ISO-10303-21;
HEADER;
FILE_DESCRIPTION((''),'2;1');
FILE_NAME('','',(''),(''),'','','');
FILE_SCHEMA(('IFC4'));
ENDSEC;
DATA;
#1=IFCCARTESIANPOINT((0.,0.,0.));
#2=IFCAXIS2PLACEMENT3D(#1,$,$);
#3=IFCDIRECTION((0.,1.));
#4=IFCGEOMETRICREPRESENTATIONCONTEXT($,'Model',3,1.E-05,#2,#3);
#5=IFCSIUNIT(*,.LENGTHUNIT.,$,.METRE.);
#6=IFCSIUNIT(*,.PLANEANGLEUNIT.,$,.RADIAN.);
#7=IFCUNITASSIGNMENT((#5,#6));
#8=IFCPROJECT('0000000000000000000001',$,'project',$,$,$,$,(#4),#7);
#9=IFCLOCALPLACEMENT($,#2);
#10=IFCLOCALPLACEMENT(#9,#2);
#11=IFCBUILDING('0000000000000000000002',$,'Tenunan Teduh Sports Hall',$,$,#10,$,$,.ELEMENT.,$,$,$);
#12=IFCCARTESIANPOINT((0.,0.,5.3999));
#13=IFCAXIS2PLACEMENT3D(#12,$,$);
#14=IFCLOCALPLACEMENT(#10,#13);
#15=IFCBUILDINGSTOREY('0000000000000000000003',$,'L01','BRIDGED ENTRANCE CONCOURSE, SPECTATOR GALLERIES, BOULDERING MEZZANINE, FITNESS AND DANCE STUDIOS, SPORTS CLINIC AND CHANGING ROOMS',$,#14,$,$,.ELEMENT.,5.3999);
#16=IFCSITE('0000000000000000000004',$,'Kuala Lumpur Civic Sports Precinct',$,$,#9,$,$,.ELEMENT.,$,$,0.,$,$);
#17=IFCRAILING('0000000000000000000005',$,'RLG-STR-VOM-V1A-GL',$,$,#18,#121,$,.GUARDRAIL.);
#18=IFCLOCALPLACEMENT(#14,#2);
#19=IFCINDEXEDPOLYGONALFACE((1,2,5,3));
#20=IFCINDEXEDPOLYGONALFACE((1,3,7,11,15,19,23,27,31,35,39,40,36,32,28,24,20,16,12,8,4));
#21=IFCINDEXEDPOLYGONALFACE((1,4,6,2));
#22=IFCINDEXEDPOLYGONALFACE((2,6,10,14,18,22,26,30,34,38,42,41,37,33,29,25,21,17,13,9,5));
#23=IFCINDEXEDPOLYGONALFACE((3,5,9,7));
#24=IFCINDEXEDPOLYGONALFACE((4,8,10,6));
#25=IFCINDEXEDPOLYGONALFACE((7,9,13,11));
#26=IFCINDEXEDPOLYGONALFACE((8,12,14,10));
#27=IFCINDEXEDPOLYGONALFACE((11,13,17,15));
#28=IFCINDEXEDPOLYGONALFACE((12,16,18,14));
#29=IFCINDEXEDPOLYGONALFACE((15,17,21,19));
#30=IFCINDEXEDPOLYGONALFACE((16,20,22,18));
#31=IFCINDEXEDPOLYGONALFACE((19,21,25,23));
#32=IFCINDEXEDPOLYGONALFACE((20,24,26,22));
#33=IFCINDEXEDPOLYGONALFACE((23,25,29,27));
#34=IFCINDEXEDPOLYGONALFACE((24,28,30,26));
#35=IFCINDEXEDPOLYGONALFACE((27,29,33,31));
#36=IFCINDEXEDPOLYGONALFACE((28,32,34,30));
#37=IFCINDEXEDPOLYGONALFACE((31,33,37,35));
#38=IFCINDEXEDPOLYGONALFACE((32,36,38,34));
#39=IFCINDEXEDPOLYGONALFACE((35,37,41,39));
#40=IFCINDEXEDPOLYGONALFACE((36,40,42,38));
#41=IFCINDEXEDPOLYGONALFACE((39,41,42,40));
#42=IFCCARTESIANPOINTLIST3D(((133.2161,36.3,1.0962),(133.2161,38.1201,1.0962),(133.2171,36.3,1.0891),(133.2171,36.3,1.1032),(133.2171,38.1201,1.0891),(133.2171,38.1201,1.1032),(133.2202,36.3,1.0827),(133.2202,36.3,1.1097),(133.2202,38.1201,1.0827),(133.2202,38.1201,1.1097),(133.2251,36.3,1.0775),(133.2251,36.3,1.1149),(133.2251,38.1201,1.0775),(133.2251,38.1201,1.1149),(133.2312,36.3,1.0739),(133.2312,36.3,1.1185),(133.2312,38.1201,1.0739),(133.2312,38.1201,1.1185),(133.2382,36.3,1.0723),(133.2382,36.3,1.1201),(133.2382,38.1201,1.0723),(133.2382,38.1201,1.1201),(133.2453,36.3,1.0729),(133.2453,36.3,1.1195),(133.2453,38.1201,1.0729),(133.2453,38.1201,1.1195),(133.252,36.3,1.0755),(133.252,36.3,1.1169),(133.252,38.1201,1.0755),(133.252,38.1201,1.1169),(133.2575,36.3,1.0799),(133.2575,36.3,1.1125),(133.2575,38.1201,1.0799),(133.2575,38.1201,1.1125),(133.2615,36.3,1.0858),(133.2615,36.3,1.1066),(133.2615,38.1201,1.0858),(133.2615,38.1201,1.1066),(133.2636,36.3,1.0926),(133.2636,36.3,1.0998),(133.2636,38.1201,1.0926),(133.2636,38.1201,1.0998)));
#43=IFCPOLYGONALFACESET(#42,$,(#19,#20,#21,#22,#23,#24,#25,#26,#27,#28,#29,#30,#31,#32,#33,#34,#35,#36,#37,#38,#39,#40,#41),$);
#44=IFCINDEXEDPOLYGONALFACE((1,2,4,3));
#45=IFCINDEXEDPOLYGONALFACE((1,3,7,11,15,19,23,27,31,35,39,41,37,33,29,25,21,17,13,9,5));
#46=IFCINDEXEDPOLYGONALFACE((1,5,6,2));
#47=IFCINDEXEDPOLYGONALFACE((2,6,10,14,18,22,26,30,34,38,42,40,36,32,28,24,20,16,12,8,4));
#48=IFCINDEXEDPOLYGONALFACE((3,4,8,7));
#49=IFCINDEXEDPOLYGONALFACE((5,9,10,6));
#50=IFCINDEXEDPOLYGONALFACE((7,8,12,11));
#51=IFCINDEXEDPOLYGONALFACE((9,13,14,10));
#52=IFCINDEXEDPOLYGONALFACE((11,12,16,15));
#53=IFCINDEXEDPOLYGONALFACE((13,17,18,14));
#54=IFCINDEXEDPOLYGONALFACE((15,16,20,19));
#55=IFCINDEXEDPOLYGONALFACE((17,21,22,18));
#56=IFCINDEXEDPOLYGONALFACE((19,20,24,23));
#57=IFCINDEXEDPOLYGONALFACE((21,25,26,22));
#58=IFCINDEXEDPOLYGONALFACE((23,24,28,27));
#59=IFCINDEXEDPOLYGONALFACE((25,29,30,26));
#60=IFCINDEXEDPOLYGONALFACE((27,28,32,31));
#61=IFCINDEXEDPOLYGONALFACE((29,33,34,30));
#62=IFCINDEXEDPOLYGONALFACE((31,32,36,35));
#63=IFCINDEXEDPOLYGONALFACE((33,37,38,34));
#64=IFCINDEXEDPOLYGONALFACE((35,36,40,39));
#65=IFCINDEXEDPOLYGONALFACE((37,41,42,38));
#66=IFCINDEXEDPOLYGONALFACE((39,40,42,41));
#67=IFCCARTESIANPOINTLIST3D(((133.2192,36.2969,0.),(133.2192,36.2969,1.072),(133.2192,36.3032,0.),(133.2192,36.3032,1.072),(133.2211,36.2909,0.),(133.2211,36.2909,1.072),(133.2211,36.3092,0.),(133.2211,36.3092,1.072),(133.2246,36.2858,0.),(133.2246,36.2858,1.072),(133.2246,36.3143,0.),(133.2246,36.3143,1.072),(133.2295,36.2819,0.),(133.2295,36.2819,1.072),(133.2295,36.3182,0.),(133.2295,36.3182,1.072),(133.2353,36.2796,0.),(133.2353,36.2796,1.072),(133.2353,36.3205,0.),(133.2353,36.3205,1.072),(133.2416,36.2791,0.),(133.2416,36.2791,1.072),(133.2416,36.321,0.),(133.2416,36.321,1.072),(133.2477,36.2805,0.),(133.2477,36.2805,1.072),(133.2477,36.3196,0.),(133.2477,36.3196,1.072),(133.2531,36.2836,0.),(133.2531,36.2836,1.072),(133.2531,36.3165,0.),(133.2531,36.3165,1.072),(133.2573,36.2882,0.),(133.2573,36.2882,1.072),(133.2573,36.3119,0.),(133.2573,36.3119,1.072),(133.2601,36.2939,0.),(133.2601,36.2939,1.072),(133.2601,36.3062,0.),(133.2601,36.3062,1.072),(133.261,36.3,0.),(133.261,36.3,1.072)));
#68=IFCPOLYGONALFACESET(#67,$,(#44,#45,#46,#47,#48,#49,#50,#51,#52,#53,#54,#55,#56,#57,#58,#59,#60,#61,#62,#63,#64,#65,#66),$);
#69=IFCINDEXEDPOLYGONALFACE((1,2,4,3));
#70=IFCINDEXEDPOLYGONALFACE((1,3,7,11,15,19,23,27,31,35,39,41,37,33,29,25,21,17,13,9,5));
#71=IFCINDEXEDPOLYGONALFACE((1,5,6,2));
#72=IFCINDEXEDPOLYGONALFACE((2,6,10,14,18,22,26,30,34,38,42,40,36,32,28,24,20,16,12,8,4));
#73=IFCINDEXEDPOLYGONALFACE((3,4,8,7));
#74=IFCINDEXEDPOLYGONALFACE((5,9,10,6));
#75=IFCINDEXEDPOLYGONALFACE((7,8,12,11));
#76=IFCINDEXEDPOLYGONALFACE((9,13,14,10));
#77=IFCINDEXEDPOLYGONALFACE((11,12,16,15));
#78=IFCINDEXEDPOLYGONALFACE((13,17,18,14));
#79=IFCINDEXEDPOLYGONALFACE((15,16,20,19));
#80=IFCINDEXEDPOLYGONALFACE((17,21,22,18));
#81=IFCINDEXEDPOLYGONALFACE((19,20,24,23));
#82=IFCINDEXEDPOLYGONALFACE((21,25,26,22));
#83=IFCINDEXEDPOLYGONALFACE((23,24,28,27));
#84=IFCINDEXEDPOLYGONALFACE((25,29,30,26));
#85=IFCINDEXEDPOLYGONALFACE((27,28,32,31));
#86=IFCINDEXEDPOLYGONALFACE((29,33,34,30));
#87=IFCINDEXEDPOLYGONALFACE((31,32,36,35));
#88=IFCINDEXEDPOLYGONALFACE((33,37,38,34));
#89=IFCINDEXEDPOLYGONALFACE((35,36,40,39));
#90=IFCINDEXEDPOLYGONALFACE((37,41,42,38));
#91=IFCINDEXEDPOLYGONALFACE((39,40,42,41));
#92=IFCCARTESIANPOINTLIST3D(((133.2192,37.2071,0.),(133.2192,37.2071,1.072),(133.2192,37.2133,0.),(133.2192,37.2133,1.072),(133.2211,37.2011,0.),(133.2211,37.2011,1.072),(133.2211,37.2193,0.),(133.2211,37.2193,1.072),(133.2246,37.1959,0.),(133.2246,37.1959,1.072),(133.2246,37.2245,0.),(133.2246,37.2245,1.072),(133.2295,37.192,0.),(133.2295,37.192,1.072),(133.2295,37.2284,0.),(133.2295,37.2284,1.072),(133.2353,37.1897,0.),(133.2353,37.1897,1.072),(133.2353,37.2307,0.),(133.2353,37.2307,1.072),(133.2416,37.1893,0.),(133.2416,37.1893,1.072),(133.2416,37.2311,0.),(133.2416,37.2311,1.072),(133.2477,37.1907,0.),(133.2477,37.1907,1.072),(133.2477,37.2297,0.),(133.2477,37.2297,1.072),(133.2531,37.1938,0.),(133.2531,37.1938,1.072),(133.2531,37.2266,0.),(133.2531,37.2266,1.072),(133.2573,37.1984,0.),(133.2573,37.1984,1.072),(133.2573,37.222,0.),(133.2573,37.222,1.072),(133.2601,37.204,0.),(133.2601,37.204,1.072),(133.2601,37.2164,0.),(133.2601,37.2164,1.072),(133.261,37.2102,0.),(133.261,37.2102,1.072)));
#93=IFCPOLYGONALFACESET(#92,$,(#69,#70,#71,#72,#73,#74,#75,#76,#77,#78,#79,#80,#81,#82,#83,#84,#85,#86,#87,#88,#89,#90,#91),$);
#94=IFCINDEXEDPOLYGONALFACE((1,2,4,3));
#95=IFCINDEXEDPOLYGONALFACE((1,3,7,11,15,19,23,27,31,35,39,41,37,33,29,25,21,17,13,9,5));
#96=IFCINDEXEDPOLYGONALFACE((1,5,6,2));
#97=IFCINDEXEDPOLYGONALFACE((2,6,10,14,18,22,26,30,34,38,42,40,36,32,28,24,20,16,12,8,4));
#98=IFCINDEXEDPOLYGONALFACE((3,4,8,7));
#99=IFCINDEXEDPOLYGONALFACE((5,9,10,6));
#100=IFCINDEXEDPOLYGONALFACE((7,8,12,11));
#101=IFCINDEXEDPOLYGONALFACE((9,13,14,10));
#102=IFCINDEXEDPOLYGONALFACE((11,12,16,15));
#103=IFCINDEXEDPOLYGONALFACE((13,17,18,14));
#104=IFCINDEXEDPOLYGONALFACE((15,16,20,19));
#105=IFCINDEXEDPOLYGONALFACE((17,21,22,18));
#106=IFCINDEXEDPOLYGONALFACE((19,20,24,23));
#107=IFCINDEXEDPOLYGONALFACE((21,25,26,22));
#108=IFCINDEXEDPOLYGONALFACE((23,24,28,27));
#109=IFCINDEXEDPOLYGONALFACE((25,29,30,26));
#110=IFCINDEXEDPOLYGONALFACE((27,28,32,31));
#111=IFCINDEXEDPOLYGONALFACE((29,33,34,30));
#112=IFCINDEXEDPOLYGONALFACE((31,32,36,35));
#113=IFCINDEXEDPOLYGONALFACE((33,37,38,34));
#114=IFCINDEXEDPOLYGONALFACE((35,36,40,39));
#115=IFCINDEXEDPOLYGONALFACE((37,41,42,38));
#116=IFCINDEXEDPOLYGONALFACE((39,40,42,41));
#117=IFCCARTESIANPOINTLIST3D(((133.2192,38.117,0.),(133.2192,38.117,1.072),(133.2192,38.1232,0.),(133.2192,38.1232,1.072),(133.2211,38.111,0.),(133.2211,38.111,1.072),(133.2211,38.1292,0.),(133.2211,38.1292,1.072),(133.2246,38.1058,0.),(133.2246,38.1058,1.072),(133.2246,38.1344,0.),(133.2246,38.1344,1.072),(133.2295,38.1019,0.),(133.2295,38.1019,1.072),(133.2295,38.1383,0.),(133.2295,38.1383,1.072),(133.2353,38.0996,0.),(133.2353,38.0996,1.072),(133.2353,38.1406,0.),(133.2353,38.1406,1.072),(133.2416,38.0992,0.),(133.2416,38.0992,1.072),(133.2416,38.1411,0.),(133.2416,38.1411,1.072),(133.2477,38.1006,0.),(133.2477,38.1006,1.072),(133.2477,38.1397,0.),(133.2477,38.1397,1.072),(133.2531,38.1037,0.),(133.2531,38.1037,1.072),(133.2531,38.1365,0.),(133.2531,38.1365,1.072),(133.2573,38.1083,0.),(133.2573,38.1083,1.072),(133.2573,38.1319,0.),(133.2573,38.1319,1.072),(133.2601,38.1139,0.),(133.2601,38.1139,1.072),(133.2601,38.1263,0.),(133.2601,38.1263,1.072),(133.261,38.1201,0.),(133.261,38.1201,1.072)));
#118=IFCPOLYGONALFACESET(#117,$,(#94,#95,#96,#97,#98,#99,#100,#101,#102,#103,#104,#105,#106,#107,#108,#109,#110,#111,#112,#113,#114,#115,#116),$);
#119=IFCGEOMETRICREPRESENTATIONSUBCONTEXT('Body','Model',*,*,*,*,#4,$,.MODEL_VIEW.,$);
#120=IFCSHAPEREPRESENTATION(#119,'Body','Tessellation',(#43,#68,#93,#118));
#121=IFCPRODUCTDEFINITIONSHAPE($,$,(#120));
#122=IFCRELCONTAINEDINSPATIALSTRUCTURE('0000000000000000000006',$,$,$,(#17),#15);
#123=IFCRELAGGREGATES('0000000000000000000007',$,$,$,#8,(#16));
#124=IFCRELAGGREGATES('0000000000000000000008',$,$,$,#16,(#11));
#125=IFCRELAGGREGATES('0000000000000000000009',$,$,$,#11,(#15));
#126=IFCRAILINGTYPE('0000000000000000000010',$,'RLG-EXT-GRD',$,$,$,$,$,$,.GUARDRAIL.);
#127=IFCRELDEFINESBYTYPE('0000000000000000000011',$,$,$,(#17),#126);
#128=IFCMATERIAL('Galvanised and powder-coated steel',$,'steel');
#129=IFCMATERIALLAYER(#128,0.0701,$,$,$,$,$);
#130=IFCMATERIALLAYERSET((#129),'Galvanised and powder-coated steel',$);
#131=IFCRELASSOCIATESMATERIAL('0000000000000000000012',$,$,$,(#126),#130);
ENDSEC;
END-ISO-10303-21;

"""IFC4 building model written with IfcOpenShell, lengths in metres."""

from ifc_helpers import new_model, si_unit, direction, frame, origin, origin_2d, place, context, subcontext, project, spatial, circle, extrude, material, layer, layer_set, type_object, element, save


model = new_model("IFC4")

# Units and contexts
model_context = context("Model", 3, precision=1e-05, world=origin(), true_north=direction((0.0, 1.0)))
body_context = subcontext(model_context, "Body", "Model", "MODEL_VIEW")
ifc_project = project(units=[si_unit("LENGTHUNIT", "METRE"), si_unit("PLANEANGLEUNIT", "RADIAN")], contexts=[model_context])

# Site, building, storey
site_placement = place(None, origin())
site = spatial("IfcSite", under=ifc_project, at=site_placement, Name="Kuala Lumpur Civic Sports Precinct", CompositionType="ELEMENT", RefElevation=0.0)
building_placement = place(site_placement, origin())
building = spatial("IfcBuilding", under=site, at=building_placement, Name="Tenunan Teduh Sports Hall", CompositionType="ELEMENT")
storey_placement = place(building_placement, frame((0.0, 0.0, 5.3999)))
storey = spatial("IfcBuildingStorey", under=building, at=storey_placement, Name="L01", Description="BRIDGED ENTRANCE CONCOURSE, SPECTATOR GALLERIES, BOULDERING MEZZANINE, FITNESS AND DANCE STUDIOS, SPORTS CLINIC AND CHANGING ROOMS", CompositionType="ELEMENT", Elevation=5.3999)

# Railing
ifc_material_1 = material(Name="Galvanised and powder-coated steel", Category="steel")
ifc_layer_1 = layer(ifc_material_1, 0.0701)
ifc_layer_set_1 = layer_set([ifc_layer_1], Name="Galvanised and powder-coated steel")
railing_type = type_object("IfcRailingType", Name="RLG-EXT-GRD", PredefinedType="GUARDRAIL", material=ifc_layer_set_1)
for number, where, name in (
    (1, (133.24, 36.3, 0.0), "RLG-STR-VOM-V1A-GL"),
):
    element("IfcRailing", number, at=place(storey_placement, frame(where)), inside=storey, type_object=railing_type, Name=name, PredefinedType="GUARDRAIL", context=body_context, shape_type="SweptSolid", body=[
        extrude(circle(Radius=0.0239, at=origin_2d()), frame((0.0, 0.0, 1.0962), z_axis=(0.0, 1.0, 0.0), x_axis=(-1.0, 0.0, 0.0)), (0.0, 0.0, 1.0), 1.8201),
        extrude(circle(Radius=0.021, at=origin_2d()), origin(), (0.0, 0.0, 1.0), 1.072),
        extrude(circle(Radius=0.021, at=origin_2d()), frame((0.0, 0.9102, 0.0)), (0.0, 0.0, 1.0), 1.072),
        extrude(circle(Radius=0.021, at=origin_2d()), frame((0.0, 1.8201, 0.0)), (0.0, 0.0, 1.0), 1.072),
    ])

save(model, "model.ifc")
